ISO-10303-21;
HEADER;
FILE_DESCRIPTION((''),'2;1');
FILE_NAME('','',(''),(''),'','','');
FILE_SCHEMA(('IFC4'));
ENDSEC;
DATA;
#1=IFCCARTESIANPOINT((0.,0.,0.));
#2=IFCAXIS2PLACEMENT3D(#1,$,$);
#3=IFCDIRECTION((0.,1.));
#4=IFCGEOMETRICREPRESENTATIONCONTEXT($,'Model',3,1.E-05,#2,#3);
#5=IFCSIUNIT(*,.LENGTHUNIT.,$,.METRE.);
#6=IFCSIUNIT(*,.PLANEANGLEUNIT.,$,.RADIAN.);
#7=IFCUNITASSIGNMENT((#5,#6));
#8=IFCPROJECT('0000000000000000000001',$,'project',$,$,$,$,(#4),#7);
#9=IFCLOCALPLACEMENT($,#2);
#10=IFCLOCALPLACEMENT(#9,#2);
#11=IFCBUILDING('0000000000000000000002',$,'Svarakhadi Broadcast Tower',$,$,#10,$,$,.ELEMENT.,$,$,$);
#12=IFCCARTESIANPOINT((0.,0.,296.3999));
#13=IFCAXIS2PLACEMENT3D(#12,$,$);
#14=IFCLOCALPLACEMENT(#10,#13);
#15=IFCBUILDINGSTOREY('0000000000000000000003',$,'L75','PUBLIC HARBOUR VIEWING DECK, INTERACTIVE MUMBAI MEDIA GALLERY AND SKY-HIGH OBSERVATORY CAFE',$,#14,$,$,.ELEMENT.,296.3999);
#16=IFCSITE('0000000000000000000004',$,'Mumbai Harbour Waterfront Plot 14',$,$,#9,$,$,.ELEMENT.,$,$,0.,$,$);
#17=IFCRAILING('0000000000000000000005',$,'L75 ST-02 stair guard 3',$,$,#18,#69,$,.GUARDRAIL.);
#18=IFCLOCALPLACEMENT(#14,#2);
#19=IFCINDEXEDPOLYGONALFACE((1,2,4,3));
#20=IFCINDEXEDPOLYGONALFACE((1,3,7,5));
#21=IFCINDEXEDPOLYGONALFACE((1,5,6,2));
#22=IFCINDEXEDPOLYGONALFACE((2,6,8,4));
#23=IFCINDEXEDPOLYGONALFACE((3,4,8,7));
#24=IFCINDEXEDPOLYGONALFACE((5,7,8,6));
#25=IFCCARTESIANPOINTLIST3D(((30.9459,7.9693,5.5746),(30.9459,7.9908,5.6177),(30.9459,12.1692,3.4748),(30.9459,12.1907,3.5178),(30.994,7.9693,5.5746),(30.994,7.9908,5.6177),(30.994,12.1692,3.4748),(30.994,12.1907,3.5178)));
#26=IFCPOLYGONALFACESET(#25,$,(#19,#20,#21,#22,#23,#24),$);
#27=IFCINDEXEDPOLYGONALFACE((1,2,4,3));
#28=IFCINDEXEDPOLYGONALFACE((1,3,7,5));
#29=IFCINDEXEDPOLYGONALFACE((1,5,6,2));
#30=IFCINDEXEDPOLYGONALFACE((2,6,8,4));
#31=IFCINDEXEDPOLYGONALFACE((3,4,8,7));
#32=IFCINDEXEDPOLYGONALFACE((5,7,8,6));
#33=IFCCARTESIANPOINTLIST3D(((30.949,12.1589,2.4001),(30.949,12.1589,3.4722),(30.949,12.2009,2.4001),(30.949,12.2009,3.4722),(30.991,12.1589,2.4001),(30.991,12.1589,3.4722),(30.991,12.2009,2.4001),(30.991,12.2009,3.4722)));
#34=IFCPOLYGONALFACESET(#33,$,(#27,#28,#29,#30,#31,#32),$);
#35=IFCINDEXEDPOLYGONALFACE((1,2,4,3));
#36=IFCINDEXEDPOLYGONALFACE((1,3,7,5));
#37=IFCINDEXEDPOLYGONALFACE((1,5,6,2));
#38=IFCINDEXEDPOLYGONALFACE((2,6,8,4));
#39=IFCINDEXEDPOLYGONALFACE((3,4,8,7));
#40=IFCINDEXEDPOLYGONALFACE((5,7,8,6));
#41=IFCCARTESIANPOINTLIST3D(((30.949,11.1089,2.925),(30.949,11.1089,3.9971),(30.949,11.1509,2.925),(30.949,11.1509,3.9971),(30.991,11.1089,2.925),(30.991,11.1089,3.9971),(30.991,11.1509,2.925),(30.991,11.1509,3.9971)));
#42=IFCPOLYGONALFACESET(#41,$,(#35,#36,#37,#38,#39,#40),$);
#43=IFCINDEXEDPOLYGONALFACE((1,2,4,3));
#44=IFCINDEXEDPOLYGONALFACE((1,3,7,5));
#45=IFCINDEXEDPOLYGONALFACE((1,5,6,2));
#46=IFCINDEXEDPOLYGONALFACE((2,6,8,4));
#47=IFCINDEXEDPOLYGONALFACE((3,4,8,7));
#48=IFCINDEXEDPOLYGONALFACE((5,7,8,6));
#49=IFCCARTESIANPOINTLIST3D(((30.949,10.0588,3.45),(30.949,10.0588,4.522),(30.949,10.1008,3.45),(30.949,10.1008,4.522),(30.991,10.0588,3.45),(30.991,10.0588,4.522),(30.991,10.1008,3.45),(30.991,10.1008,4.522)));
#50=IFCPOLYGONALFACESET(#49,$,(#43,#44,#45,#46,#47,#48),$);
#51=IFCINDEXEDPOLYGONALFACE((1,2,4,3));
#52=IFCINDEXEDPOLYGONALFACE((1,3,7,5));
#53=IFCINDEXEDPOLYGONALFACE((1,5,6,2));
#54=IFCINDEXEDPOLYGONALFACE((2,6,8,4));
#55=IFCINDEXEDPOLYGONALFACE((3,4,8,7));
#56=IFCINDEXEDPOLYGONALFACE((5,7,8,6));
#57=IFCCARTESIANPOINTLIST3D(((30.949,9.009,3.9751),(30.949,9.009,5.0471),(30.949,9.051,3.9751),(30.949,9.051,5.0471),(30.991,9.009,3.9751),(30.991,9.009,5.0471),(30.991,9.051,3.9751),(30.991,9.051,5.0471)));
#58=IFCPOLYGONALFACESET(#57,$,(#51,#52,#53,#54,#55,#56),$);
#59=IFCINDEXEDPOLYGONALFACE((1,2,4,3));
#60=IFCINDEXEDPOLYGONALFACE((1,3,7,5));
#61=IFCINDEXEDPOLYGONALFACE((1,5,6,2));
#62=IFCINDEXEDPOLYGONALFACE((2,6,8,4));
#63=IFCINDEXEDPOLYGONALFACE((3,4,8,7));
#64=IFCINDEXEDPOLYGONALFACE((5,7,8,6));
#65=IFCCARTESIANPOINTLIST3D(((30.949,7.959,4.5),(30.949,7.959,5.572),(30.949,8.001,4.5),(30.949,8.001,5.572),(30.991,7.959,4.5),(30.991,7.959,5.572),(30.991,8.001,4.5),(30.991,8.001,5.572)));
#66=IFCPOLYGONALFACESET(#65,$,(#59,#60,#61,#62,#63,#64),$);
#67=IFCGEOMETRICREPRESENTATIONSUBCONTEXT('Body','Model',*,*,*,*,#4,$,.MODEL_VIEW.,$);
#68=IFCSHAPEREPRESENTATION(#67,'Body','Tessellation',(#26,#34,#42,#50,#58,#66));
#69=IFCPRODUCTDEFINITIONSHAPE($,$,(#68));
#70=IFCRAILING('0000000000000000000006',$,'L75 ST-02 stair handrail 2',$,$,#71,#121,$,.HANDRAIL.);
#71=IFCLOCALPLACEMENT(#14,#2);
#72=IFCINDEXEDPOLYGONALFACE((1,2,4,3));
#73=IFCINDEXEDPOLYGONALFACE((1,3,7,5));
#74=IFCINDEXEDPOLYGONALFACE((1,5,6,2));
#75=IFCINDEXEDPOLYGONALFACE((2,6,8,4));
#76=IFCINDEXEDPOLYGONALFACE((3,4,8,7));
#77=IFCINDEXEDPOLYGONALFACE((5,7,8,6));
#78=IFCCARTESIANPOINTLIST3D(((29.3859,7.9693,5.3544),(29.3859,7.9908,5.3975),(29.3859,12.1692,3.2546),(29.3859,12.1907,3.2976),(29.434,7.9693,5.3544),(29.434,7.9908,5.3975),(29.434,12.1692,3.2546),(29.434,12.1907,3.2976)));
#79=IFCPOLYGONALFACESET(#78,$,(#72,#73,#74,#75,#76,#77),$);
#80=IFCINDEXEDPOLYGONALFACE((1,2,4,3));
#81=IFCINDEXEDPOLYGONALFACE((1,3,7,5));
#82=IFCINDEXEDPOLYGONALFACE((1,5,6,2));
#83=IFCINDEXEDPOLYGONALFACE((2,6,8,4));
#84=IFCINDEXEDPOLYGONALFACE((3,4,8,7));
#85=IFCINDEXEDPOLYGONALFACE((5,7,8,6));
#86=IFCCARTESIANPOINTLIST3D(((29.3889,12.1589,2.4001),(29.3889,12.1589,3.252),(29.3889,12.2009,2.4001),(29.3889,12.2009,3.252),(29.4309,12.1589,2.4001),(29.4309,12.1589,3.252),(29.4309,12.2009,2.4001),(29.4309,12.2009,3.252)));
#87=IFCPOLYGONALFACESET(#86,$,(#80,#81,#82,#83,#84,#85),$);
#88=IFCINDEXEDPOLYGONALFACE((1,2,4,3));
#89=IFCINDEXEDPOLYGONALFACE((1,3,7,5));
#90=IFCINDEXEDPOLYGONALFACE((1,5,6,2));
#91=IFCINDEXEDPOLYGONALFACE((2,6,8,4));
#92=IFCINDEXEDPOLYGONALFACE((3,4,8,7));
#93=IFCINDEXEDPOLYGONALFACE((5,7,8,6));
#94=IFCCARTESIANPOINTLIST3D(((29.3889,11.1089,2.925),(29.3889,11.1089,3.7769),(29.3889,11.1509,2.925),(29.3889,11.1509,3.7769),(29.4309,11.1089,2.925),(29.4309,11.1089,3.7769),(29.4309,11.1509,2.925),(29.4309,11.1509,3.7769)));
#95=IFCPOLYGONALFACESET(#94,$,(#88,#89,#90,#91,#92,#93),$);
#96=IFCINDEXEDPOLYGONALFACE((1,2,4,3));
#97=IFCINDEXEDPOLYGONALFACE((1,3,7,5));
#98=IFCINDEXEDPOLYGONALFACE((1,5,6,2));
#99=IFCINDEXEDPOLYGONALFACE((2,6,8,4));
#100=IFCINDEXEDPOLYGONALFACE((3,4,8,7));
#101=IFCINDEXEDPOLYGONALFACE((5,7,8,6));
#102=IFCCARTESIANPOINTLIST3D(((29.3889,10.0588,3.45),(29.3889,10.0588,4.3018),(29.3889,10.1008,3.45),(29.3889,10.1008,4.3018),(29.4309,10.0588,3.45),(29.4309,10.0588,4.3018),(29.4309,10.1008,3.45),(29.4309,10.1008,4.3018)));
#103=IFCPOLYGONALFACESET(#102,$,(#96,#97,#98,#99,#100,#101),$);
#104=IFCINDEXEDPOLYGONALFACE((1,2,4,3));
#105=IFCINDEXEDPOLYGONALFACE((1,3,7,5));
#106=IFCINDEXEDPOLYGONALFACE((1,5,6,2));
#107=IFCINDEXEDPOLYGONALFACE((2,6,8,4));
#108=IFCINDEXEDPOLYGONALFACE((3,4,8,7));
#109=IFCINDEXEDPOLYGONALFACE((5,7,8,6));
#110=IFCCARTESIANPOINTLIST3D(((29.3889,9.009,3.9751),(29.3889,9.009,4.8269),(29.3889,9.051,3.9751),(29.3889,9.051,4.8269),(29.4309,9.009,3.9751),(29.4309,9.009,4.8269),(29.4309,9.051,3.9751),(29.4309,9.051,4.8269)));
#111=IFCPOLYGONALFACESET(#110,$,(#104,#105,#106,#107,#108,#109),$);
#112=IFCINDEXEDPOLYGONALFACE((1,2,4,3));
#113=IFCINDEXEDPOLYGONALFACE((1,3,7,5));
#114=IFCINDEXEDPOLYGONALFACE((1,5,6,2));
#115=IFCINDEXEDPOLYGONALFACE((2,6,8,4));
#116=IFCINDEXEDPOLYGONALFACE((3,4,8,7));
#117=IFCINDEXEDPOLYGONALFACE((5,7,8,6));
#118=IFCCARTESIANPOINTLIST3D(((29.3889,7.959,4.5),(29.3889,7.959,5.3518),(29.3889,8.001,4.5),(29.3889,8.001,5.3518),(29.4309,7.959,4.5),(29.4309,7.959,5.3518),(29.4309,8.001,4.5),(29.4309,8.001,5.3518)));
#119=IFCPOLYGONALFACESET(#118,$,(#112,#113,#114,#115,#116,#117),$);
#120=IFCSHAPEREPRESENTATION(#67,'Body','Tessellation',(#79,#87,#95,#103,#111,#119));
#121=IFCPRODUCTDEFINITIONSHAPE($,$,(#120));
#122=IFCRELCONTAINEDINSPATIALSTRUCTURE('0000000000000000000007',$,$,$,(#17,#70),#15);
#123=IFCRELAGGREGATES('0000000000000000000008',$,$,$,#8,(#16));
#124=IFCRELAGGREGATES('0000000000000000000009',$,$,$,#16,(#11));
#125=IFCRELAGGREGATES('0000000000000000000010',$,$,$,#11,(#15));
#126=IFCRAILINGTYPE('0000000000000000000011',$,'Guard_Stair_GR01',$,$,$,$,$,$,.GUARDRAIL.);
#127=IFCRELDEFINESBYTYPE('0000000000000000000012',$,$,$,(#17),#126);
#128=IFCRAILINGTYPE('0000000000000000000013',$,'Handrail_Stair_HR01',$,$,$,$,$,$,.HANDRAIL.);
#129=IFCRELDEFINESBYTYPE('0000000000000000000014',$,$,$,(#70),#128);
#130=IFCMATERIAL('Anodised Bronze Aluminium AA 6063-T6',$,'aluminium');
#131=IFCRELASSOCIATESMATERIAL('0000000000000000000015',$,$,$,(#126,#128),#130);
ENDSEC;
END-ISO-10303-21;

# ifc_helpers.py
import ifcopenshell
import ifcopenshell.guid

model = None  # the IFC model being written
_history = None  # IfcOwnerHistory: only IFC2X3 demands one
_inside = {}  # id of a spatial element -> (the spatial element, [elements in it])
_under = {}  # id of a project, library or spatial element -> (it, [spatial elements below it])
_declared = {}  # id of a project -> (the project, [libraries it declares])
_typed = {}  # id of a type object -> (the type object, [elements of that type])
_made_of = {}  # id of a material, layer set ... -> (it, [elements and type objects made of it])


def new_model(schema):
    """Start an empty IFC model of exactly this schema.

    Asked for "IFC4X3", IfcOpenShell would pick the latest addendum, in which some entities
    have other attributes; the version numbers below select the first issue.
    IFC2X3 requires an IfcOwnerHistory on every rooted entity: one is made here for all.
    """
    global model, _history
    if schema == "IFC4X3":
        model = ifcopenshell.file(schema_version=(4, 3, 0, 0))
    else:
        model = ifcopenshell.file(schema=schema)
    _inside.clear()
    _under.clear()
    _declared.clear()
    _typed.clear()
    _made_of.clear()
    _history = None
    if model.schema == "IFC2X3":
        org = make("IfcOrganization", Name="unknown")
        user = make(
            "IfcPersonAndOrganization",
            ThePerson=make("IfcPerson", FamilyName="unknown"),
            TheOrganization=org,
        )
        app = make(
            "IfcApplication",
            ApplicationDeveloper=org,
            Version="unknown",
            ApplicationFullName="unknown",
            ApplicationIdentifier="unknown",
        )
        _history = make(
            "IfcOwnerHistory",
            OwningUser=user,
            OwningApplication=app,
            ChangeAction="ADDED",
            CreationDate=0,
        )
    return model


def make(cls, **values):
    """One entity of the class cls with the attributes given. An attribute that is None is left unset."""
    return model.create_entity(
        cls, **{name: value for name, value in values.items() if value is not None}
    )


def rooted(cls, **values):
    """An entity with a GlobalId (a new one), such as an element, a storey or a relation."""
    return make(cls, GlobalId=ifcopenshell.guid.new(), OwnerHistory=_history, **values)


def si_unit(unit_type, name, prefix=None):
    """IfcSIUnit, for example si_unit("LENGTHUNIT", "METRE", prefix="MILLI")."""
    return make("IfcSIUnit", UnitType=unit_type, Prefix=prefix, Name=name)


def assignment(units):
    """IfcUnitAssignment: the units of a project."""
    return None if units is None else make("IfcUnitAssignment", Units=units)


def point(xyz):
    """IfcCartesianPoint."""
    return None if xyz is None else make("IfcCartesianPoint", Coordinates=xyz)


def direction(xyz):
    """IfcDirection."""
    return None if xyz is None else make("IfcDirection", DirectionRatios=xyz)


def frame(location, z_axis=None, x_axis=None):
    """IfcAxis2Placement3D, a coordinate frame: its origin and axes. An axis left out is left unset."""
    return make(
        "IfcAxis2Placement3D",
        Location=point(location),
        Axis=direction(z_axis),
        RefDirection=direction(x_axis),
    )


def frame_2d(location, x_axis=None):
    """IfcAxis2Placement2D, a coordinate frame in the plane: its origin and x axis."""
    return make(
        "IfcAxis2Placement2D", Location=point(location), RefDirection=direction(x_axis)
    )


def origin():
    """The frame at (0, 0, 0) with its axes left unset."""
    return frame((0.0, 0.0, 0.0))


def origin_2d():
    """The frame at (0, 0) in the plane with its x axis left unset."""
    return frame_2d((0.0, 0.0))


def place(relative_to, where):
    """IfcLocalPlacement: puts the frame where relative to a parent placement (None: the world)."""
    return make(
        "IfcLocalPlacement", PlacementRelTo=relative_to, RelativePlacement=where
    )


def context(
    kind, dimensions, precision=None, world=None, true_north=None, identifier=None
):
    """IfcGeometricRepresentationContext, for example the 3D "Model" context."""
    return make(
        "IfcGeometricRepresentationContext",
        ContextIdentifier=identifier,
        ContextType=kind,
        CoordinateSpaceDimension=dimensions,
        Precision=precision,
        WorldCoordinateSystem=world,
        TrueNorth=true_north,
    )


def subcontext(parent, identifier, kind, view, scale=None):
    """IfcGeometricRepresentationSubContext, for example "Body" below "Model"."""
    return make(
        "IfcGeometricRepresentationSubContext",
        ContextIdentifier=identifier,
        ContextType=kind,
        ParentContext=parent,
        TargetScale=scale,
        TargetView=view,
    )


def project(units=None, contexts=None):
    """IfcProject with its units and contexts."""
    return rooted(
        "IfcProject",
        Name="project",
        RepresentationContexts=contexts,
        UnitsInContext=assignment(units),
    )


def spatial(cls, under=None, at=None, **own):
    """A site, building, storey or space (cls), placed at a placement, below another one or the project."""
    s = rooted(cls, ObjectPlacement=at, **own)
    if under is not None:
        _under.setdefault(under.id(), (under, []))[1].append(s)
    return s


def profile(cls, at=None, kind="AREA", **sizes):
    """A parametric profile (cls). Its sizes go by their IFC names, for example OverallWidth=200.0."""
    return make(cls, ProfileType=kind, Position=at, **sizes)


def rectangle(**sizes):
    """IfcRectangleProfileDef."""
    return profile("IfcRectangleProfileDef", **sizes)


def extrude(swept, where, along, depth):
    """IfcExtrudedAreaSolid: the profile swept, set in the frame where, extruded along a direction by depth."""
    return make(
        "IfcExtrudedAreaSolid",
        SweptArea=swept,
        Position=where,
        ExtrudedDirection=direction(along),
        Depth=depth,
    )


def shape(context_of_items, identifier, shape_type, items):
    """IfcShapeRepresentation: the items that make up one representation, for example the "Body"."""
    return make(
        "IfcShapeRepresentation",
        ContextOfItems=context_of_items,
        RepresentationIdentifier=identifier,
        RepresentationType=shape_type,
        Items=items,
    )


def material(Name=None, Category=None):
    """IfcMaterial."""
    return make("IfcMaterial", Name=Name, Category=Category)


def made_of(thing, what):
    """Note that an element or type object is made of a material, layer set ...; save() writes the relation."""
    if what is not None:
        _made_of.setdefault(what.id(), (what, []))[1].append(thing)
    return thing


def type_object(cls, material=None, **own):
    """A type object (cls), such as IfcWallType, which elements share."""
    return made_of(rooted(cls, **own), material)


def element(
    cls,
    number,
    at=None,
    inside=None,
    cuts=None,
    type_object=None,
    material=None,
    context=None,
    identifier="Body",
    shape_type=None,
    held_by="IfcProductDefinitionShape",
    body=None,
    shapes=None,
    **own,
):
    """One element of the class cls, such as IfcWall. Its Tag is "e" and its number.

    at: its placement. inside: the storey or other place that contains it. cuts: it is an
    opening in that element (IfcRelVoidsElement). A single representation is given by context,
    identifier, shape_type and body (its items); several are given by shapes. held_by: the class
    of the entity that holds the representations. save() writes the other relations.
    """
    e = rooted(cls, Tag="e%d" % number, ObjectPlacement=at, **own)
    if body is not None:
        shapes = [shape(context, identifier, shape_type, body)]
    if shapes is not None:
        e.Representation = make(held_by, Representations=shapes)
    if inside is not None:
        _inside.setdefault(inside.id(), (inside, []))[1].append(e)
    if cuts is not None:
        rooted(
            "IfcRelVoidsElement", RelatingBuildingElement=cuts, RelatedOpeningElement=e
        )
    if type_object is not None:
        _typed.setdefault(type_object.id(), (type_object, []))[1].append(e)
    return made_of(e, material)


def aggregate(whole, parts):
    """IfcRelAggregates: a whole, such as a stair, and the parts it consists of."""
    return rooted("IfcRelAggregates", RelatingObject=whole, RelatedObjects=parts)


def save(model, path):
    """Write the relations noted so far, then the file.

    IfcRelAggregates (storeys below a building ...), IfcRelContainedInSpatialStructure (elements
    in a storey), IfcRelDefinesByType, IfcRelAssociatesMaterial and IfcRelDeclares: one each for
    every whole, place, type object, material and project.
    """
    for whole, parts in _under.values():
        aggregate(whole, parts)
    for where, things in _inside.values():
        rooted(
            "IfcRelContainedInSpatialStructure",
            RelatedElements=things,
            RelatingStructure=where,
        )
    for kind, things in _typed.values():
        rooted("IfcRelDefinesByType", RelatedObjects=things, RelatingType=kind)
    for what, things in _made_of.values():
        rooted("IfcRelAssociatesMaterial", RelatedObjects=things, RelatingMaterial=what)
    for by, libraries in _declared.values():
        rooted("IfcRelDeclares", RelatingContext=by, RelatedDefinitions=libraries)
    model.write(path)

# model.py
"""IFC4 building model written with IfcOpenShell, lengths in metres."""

from ifc_helpers import new_model, si_unit, direction, frame, origin, origin_2d, place, context, subcontext, project, spatial, rectangle, extrude, material, type_object, element, save


model = new_model("IFC4")

# Units and contexts
model_context = context("Model", 3, precision=1e-05, world=origin(), true_north=direction((0.0, 1.0)))
body_context = subcontext(model_context, "Body", "Model", "MODEL_VIEW")
ifc_project = project(units=[si_unit("LENGTHUNIT", "METRE"), si_unit("PLANEANGLEUNIT", "RADIAN")], contexts=[model_context])

# Site, building, storey
site_placement = place(None, origin())
site = spatial("IfcSite", under=ifc_project, at=site_placement, Name="Mumbai Harbour Waterfront Plot 14", CompositionType="ELEMENT", RefElevation=0.0)
building_placement = place(site_placement, origin())
building = spatial("IfcBuilding", under=site, at=building_placement, Name="Svarakhadi Broadcast Tower", CompositionType="ELEMENT")
storey_placement = place(building_placement, frame((0.0, 0.0, 296.3999)))
storey = spatial("IfcBuildingStorey", under=building, at=storey_placement, Name="L75", Description="PUBLIC HARBOUR VIEWING DECK, INTERACTIVE MUMBAI MEDIA GALLERY AND SKY-HIGH OBSERVATORY CAFE", CompositionType="ELEMENT", Elevation=296.3999)

# Shared definitions
ifc_material_1 = material(Name="Anodised Bronze Aluminium AA 6063-T6", Category="aluminium")

# Railings
railing_type_1 = type_object("IfcRailingType", Name="Guard_Stair_GR01", PredefinedType="GUARDRAIL", material=ifc_material_1)
railing_1_placement = place(storey_placement, frame((30.97, 12.1799, 2.4001)))
element("IfcRailing", 1, at=railing_1_placement, inside=storey, type_object=railing_type_1, Name="L75 ST-02 stair guard 3", PredefinedType="GUARDRAIL", context=body_context, shape_type="SweptSolid", body=[
    extrude(rectangle(XDim=0.0481, YDim=0.0481, at=origin_2d()), frame((0.0, 0.0, 1.0962), z_axis=(0.0, -0.894438, 0.447193), x_axis=(1.0, 0.0, 0.0)), (0.0, 0.0, 1.0), 4.6956),
    extrude(rectangle(XDim=0.042, YDim=0.042, at=origin_2d()), origin(), (0.0, 0.0, 1.0), 1.072),
    extrude(rectangle(XDim=0.042, YDim=0.042, at=origin_2d()), frame((0.0, -1.05, 0.5249)), (0.0, 0.0, 1.0), 1.072),
    extrude(rectangle(XDim=0.042, YDim=0.042, at=origin_2d()), frame((0.0, -2.1001, 1.0498)), (0.0, 0.0, 1.0), 1.072),
    extrude(rectangle(XDim=0.042, YDim=0.042, at=origin_2d()), frame((0.0, -3.1499, 1.575)), (0.0, 0.0, 1.0), 1.072),
    extrude(rectangle(XDim=0.042, YDim=0.042, at=origin_2d()), frame((0.0, -4.2, 2.0999)), (0.0, 0.0, 1.0), 1.072),
])
railing_type_2 = type_object("IfcRailingType", Name="Handrail_Stair_HR01", PredefinedType="HANDRAIL", material=ifc_material_1)
railing_2_placement = place(storey_placement, frame((29.4099, 12.1799, 2.4001)))
element("IfcRailing", 2, at=railing_2_placement, inside=storey, type_object=railing_type_2, Name="L75 ST-02 stair handrail 2", PredefinedType="HANDRAIL", context=body_context, shape_type="SweptSolid", body=[
    extrude(rectangle(XDim=0.0481, YDim=0.0481, at=origin_2d()), frame((0.0, 0.0, 0.876), z_axis=(0.0, -0.894438, 0.447193), x_axis=(1.0, 0.0, 0.0)), (0.0, 0.0, 1.0), 4.6956),
    extrude(rectangle(XDim=0.042, YDim=0.042, at=origin_2d()), origin(), (0.0, 0.0, 1.0), 0.8518),
    extrude(rectangle(XDim=0.042, YDim=0.042, at=origin_2d()), frame((0.0, -1.05, 0.5249)), (0.0, 0.0, 1.0), 0.8518),
    extrude(rectangle(XDim=0.042, YDim=0.042, at=origin_2d()), frame((0.0, -2.1001, 1.0498)), (0.0, 0.0, 1.0), 0.8518),
    extrude(rectangle(XDim=0.042, YDim=0.042, at=origin_2d()), frame((0.0, -3.1499, 1.575)), (0.0, 0.0, 1.0), 0.8518),
    extrude(rectangle(XDim=0.042, YDim=0.042, at=origin_2d()), frame((0.0, -4.2, 2.0999)), (0.0, 0.0, 1.0), 0.8518),
])

save(model, "model.ifc")
